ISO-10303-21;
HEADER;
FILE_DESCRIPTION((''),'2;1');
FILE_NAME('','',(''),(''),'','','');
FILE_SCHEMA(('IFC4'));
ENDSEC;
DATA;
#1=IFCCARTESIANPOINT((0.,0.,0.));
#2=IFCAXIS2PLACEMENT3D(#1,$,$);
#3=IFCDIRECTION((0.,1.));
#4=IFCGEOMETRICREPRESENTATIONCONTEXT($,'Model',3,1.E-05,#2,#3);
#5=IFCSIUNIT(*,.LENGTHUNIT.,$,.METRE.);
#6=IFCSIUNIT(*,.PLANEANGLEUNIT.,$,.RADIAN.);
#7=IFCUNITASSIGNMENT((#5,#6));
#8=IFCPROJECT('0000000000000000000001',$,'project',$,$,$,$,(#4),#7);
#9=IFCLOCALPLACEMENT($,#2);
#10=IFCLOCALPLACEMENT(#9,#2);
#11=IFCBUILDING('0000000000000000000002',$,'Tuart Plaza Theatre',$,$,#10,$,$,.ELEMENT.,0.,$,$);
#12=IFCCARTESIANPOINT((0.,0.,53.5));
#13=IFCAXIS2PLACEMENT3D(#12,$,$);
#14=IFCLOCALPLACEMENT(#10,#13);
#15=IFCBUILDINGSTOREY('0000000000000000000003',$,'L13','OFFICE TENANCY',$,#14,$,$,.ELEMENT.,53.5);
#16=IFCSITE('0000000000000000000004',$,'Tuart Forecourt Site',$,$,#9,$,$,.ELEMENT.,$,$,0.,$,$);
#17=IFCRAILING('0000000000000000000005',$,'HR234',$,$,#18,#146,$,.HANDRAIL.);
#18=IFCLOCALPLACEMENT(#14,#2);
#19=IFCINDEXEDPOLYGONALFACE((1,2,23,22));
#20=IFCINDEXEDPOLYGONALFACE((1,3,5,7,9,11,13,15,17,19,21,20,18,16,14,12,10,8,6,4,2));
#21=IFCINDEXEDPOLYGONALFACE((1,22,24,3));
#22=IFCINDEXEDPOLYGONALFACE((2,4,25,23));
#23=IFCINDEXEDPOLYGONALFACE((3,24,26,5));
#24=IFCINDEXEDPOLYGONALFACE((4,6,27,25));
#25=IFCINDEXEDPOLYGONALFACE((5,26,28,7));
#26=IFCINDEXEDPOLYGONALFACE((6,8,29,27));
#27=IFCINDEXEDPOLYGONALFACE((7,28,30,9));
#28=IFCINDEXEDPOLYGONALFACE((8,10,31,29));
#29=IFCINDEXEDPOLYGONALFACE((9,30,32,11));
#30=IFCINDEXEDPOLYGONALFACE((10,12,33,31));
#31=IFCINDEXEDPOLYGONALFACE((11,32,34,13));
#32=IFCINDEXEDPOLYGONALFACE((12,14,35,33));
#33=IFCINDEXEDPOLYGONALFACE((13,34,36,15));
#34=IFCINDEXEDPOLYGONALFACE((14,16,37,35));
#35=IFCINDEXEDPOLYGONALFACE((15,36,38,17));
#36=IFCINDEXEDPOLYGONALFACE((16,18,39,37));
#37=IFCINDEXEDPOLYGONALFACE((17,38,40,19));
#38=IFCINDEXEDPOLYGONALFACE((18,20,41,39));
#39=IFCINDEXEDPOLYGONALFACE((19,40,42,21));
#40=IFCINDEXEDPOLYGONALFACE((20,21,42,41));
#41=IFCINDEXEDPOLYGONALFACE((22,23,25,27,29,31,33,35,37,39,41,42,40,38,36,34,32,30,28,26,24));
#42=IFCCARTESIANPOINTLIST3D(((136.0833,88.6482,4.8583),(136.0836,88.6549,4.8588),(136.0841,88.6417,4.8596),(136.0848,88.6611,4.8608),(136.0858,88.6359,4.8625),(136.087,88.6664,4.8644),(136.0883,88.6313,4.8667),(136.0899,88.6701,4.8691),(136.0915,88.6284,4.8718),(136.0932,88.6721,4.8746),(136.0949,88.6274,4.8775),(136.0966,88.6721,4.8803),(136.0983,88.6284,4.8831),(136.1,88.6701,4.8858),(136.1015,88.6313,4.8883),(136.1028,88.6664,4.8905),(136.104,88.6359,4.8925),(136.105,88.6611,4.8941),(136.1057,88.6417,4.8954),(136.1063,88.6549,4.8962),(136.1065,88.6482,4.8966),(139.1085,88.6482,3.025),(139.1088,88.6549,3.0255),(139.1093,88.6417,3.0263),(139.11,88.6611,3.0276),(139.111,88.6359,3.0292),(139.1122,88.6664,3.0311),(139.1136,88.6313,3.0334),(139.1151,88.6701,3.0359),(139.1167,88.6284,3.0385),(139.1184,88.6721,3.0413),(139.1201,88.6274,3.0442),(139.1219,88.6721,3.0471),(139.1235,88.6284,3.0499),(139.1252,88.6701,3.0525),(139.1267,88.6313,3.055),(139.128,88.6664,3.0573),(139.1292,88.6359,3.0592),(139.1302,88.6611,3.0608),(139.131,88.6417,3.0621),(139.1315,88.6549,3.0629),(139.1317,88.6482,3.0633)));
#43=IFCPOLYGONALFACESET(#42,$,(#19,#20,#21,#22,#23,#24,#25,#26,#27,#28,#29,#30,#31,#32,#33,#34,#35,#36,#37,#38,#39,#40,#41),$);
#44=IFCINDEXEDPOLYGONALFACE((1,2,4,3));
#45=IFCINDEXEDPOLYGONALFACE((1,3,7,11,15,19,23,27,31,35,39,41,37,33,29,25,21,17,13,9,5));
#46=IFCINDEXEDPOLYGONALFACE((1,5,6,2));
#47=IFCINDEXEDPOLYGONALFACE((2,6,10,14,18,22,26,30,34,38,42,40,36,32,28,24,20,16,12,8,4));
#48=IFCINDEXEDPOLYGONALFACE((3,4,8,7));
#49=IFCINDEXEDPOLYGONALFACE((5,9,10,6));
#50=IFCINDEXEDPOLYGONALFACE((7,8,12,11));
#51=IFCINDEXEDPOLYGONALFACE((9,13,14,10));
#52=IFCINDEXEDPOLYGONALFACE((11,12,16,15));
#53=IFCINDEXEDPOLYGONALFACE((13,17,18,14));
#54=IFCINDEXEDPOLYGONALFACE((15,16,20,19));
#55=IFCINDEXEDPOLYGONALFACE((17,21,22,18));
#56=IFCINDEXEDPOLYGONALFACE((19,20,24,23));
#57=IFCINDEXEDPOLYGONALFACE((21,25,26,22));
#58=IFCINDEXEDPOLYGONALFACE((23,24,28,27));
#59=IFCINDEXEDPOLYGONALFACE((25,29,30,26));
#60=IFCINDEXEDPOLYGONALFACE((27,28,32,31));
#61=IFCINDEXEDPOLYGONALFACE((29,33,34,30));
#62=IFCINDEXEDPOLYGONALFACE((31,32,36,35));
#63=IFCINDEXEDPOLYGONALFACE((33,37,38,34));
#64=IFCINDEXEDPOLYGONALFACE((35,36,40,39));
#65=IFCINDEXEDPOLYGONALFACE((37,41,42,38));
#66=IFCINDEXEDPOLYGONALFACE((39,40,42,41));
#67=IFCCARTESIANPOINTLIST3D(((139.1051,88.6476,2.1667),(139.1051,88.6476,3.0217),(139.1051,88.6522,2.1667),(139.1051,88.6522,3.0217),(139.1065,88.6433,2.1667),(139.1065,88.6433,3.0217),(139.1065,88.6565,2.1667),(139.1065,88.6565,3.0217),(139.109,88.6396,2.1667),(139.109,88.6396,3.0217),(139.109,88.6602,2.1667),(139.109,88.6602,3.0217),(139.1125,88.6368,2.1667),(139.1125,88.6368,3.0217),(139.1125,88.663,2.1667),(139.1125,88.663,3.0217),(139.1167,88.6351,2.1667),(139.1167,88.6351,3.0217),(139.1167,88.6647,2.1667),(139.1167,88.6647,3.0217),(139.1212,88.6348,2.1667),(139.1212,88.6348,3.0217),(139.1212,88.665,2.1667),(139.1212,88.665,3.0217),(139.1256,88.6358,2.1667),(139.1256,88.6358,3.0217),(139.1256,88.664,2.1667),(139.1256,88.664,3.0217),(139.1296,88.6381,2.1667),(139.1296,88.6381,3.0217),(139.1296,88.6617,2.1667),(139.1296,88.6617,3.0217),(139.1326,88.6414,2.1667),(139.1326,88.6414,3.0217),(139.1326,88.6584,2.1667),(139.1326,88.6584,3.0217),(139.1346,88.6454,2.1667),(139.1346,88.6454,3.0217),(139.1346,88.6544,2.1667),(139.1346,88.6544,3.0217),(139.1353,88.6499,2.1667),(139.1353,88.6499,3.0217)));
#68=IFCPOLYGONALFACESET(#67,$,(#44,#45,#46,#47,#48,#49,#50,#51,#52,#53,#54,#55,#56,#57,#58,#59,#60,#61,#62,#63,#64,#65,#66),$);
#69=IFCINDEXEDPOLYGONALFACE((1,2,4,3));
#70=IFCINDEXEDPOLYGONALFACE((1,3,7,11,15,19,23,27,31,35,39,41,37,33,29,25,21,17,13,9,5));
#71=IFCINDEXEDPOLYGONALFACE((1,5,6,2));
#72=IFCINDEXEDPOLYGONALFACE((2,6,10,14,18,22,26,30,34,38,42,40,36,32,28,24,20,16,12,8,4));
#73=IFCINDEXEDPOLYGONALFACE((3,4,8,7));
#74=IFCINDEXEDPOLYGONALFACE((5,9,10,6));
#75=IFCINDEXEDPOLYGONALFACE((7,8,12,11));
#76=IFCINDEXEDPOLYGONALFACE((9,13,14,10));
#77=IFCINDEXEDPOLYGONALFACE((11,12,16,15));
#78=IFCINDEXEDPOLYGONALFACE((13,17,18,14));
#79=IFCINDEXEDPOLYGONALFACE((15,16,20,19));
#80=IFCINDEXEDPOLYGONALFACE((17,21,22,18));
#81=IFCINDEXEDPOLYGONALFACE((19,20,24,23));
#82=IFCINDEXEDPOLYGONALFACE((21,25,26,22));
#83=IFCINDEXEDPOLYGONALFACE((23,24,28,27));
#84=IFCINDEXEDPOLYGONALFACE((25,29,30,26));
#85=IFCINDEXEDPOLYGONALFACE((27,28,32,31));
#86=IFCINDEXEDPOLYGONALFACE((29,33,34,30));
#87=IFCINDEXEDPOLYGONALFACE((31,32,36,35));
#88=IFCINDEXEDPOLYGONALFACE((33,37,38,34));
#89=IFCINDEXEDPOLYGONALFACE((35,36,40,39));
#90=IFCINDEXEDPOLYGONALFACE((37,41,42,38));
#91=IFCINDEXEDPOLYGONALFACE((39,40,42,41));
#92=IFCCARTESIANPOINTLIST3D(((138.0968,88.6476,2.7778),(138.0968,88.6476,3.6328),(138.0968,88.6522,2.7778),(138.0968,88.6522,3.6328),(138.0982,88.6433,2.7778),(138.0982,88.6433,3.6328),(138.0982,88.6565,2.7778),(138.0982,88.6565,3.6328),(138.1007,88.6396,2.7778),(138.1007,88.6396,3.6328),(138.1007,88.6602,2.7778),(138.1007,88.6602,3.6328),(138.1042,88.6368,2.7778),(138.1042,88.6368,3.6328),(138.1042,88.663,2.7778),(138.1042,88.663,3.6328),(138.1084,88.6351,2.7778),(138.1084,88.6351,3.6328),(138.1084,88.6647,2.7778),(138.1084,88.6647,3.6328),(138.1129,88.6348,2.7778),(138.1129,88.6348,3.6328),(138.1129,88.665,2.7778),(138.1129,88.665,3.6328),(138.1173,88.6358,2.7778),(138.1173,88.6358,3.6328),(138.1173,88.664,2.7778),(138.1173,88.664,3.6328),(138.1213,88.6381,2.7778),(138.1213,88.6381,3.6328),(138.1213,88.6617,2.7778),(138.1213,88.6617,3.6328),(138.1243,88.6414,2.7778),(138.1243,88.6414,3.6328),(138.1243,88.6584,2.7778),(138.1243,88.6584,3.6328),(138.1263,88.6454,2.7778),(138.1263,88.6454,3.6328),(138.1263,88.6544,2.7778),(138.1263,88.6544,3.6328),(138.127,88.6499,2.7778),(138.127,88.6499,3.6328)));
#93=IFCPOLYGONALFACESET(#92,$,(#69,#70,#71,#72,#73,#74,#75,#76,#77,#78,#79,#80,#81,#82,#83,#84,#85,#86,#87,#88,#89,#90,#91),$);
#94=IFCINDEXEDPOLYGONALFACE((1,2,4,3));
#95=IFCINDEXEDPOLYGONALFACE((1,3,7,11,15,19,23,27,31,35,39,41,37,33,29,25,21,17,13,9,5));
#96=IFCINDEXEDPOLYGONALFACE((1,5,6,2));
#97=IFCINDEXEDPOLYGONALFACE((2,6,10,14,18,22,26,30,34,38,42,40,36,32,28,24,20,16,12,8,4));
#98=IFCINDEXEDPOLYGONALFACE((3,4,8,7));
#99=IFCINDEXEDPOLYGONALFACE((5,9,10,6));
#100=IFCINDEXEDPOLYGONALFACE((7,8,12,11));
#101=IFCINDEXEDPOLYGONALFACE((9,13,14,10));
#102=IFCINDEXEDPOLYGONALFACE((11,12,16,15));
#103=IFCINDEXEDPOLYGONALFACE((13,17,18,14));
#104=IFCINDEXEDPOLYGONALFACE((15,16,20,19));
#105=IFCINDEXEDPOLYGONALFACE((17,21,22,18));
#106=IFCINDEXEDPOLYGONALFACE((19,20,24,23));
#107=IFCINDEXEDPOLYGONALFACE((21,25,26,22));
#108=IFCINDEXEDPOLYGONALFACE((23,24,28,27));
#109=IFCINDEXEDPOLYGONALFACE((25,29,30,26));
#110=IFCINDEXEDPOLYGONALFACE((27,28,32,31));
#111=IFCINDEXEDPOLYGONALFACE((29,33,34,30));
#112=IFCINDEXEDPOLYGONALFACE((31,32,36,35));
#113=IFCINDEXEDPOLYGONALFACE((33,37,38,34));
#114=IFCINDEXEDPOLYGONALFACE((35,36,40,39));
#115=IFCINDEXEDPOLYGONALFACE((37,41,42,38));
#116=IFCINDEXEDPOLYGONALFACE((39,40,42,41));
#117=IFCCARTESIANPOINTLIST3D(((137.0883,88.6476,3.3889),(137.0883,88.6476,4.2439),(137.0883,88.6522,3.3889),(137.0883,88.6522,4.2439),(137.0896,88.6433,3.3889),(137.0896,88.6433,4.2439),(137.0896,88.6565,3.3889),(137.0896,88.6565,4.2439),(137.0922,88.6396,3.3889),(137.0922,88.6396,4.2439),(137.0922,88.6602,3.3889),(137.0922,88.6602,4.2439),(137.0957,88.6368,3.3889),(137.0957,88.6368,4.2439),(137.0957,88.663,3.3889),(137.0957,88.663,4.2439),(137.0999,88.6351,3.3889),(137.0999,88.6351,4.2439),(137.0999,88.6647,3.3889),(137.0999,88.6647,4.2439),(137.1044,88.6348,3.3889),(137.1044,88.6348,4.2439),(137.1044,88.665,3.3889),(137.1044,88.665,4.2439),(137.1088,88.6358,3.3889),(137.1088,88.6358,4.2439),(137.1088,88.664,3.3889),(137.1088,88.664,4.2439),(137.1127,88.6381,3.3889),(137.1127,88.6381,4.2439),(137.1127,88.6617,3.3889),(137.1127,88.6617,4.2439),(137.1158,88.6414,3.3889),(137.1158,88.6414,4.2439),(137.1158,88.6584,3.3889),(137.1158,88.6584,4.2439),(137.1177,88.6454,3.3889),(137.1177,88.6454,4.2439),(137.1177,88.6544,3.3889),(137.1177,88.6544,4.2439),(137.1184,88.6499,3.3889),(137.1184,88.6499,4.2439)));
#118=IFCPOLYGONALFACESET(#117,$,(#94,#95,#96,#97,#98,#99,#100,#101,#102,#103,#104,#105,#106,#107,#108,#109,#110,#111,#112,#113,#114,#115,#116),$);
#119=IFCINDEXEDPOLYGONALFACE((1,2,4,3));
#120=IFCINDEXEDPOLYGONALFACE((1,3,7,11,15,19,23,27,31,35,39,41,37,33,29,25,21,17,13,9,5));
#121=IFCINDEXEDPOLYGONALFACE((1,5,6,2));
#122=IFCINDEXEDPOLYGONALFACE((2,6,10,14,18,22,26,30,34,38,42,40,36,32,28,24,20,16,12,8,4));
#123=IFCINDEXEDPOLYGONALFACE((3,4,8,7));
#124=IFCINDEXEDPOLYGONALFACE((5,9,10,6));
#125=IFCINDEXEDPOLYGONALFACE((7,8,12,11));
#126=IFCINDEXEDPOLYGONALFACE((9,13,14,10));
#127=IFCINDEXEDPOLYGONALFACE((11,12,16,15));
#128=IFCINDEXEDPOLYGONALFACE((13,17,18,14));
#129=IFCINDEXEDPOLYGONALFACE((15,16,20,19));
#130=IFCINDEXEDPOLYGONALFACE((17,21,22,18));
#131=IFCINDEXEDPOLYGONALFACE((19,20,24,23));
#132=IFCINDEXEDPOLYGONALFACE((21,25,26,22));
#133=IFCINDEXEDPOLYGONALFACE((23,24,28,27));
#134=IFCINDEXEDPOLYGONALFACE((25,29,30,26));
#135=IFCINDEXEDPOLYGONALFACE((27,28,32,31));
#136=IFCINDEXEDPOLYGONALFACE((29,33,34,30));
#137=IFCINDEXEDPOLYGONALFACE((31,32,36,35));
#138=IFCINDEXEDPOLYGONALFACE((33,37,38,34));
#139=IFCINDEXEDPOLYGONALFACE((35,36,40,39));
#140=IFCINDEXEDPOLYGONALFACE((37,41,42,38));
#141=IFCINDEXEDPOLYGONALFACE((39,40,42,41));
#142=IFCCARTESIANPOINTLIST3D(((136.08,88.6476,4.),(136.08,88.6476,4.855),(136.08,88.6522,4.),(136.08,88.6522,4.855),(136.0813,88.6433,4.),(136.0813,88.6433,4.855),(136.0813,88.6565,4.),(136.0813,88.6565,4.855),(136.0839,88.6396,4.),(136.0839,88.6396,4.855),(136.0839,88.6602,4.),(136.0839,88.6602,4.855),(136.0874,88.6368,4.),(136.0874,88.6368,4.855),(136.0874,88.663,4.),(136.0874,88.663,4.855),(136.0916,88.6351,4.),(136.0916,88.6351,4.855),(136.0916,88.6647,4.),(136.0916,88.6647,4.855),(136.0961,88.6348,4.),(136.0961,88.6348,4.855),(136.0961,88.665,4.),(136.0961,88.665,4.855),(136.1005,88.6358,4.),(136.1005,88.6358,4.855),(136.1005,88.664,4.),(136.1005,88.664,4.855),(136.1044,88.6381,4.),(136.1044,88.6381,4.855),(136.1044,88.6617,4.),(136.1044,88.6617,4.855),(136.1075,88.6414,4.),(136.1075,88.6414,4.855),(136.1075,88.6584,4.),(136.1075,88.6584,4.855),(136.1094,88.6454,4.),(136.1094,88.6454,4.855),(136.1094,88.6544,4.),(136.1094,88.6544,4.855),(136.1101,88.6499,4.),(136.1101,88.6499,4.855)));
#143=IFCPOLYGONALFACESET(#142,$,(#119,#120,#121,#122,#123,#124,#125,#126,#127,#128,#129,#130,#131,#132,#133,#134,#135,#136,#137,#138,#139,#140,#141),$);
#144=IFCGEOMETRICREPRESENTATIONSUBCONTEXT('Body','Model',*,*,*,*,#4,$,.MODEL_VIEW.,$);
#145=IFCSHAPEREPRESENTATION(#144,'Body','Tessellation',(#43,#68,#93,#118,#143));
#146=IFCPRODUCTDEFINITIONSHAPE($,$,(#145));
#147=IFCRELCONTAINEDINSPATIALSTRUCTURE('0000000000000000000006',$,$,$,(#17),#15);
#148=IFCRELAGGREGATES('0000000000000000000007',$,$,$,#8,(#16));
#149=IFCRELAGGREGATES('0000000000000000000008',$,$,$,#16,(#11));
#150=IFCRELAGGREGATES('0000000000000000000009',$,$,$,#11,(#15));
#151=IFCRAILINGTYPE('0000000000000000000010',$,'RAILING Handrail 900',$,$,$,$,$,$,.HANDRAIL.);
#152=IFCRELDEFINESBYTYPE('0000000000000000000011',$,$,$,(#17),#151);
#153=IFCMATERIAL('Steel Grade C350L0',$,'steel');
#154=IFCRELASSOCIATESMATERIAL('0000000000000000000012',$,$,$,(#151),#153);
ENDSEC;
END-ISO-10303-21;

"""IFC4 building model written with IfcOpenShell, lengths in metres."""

from ifc_helpers import new_model, si_unit, direction, frame, origin, origin_2d, place, context, subcontext, project, spatial, circle, extrude, material, type_object, element, save


model = new_model("IFC4")

# Units and contexts
model_context = context("Model", 3, precision=1e-05, world=origin(), true_north=direction((0.0, 1.0)))
body_context = subcontext(model_context, "Body", "Model", "MODEL_VIEW")
ifc_project = project(units=[si_unit("LENGTHUNIT", "METRE"), si_unit("PLANEANGLEUNIT", "RADIAN")], contexts=[model_context])

# Site, building, storey
site_placement = place(None, origin())
site = spatial("IfcSite", under=ifc_project, at=site_placement, Name="Tuart Forecourt Site", CompositionType="ELEMENT", RefElevation=0.0)
building_placement = place(site_placement, origin())
building = spatial("IfcBuilding", under=site, at=building_placement, Name="Tuart Plaza Theatre", CompositionType="ELEMENT", ElevationOfRefHeight=0.0)
storey_placement = place(building_placement, frame((0.0, 0.0, 53.5)))
storey = spatial("IfcBuildingStorey", under=building, at=storey_placement, Name="L13", Description="OFFICE TENANCY", CompositionType="ELEMENT", Elevation=53.5)

# Railing
ifc_material_1 = material(Name="Steel Grade C350L0", Category="steel")
railing_type_1 = type_object("IfcRailingType", Name="RAILING Handrail 900", PredefinedType="HANDRAIL", material=ifc_material_1)
for number, where, name in (
    (1, (139.1201, 88.6499, 2.1667), "HR234"),
):
    element("IfcRailing", number, at=place(storey_placement, frame(where)), inside=storey, type_object=railing_type_1, Name=name, PredefinedType="HANDRAIL", context=body_context, shape_type="SweptSolid", body=[
        extrude(circle(Radius=0.0225, at=origin_2d()), frame((0.0, 0.0, 0.8774), z_axis=(-0.855219, 0.0, 0.518267), x_axis=(0.0, -1.0, 0.0)), (0.0, 0.0, 1.0), 3.5374),
        extrude(circle(Radius=0.0151, at=origin_2d()), origin(), (0.0, 0.0, 1.0), 0.855),
        extrude(circle(Radius=0.0151, at=origin_2d()), frame((-1.0083, 0.0, 0.6111)), (0.0, 0.0, 1.0), 0.855),
        extrude(circle(Radius=0.0151, at=origin_2d()), frame((-2.0168, 0.0, 1.2222)), (0.0, 0.0, 1.0), 0.855),
        extrude(circle(Radius=0.0151, at=origin_2d()), frame((-3.0251, 0.0, 1.8333)), (0.0, 0.0, 1.0), 0.855),
    ])

save(model, "model.ifc")
